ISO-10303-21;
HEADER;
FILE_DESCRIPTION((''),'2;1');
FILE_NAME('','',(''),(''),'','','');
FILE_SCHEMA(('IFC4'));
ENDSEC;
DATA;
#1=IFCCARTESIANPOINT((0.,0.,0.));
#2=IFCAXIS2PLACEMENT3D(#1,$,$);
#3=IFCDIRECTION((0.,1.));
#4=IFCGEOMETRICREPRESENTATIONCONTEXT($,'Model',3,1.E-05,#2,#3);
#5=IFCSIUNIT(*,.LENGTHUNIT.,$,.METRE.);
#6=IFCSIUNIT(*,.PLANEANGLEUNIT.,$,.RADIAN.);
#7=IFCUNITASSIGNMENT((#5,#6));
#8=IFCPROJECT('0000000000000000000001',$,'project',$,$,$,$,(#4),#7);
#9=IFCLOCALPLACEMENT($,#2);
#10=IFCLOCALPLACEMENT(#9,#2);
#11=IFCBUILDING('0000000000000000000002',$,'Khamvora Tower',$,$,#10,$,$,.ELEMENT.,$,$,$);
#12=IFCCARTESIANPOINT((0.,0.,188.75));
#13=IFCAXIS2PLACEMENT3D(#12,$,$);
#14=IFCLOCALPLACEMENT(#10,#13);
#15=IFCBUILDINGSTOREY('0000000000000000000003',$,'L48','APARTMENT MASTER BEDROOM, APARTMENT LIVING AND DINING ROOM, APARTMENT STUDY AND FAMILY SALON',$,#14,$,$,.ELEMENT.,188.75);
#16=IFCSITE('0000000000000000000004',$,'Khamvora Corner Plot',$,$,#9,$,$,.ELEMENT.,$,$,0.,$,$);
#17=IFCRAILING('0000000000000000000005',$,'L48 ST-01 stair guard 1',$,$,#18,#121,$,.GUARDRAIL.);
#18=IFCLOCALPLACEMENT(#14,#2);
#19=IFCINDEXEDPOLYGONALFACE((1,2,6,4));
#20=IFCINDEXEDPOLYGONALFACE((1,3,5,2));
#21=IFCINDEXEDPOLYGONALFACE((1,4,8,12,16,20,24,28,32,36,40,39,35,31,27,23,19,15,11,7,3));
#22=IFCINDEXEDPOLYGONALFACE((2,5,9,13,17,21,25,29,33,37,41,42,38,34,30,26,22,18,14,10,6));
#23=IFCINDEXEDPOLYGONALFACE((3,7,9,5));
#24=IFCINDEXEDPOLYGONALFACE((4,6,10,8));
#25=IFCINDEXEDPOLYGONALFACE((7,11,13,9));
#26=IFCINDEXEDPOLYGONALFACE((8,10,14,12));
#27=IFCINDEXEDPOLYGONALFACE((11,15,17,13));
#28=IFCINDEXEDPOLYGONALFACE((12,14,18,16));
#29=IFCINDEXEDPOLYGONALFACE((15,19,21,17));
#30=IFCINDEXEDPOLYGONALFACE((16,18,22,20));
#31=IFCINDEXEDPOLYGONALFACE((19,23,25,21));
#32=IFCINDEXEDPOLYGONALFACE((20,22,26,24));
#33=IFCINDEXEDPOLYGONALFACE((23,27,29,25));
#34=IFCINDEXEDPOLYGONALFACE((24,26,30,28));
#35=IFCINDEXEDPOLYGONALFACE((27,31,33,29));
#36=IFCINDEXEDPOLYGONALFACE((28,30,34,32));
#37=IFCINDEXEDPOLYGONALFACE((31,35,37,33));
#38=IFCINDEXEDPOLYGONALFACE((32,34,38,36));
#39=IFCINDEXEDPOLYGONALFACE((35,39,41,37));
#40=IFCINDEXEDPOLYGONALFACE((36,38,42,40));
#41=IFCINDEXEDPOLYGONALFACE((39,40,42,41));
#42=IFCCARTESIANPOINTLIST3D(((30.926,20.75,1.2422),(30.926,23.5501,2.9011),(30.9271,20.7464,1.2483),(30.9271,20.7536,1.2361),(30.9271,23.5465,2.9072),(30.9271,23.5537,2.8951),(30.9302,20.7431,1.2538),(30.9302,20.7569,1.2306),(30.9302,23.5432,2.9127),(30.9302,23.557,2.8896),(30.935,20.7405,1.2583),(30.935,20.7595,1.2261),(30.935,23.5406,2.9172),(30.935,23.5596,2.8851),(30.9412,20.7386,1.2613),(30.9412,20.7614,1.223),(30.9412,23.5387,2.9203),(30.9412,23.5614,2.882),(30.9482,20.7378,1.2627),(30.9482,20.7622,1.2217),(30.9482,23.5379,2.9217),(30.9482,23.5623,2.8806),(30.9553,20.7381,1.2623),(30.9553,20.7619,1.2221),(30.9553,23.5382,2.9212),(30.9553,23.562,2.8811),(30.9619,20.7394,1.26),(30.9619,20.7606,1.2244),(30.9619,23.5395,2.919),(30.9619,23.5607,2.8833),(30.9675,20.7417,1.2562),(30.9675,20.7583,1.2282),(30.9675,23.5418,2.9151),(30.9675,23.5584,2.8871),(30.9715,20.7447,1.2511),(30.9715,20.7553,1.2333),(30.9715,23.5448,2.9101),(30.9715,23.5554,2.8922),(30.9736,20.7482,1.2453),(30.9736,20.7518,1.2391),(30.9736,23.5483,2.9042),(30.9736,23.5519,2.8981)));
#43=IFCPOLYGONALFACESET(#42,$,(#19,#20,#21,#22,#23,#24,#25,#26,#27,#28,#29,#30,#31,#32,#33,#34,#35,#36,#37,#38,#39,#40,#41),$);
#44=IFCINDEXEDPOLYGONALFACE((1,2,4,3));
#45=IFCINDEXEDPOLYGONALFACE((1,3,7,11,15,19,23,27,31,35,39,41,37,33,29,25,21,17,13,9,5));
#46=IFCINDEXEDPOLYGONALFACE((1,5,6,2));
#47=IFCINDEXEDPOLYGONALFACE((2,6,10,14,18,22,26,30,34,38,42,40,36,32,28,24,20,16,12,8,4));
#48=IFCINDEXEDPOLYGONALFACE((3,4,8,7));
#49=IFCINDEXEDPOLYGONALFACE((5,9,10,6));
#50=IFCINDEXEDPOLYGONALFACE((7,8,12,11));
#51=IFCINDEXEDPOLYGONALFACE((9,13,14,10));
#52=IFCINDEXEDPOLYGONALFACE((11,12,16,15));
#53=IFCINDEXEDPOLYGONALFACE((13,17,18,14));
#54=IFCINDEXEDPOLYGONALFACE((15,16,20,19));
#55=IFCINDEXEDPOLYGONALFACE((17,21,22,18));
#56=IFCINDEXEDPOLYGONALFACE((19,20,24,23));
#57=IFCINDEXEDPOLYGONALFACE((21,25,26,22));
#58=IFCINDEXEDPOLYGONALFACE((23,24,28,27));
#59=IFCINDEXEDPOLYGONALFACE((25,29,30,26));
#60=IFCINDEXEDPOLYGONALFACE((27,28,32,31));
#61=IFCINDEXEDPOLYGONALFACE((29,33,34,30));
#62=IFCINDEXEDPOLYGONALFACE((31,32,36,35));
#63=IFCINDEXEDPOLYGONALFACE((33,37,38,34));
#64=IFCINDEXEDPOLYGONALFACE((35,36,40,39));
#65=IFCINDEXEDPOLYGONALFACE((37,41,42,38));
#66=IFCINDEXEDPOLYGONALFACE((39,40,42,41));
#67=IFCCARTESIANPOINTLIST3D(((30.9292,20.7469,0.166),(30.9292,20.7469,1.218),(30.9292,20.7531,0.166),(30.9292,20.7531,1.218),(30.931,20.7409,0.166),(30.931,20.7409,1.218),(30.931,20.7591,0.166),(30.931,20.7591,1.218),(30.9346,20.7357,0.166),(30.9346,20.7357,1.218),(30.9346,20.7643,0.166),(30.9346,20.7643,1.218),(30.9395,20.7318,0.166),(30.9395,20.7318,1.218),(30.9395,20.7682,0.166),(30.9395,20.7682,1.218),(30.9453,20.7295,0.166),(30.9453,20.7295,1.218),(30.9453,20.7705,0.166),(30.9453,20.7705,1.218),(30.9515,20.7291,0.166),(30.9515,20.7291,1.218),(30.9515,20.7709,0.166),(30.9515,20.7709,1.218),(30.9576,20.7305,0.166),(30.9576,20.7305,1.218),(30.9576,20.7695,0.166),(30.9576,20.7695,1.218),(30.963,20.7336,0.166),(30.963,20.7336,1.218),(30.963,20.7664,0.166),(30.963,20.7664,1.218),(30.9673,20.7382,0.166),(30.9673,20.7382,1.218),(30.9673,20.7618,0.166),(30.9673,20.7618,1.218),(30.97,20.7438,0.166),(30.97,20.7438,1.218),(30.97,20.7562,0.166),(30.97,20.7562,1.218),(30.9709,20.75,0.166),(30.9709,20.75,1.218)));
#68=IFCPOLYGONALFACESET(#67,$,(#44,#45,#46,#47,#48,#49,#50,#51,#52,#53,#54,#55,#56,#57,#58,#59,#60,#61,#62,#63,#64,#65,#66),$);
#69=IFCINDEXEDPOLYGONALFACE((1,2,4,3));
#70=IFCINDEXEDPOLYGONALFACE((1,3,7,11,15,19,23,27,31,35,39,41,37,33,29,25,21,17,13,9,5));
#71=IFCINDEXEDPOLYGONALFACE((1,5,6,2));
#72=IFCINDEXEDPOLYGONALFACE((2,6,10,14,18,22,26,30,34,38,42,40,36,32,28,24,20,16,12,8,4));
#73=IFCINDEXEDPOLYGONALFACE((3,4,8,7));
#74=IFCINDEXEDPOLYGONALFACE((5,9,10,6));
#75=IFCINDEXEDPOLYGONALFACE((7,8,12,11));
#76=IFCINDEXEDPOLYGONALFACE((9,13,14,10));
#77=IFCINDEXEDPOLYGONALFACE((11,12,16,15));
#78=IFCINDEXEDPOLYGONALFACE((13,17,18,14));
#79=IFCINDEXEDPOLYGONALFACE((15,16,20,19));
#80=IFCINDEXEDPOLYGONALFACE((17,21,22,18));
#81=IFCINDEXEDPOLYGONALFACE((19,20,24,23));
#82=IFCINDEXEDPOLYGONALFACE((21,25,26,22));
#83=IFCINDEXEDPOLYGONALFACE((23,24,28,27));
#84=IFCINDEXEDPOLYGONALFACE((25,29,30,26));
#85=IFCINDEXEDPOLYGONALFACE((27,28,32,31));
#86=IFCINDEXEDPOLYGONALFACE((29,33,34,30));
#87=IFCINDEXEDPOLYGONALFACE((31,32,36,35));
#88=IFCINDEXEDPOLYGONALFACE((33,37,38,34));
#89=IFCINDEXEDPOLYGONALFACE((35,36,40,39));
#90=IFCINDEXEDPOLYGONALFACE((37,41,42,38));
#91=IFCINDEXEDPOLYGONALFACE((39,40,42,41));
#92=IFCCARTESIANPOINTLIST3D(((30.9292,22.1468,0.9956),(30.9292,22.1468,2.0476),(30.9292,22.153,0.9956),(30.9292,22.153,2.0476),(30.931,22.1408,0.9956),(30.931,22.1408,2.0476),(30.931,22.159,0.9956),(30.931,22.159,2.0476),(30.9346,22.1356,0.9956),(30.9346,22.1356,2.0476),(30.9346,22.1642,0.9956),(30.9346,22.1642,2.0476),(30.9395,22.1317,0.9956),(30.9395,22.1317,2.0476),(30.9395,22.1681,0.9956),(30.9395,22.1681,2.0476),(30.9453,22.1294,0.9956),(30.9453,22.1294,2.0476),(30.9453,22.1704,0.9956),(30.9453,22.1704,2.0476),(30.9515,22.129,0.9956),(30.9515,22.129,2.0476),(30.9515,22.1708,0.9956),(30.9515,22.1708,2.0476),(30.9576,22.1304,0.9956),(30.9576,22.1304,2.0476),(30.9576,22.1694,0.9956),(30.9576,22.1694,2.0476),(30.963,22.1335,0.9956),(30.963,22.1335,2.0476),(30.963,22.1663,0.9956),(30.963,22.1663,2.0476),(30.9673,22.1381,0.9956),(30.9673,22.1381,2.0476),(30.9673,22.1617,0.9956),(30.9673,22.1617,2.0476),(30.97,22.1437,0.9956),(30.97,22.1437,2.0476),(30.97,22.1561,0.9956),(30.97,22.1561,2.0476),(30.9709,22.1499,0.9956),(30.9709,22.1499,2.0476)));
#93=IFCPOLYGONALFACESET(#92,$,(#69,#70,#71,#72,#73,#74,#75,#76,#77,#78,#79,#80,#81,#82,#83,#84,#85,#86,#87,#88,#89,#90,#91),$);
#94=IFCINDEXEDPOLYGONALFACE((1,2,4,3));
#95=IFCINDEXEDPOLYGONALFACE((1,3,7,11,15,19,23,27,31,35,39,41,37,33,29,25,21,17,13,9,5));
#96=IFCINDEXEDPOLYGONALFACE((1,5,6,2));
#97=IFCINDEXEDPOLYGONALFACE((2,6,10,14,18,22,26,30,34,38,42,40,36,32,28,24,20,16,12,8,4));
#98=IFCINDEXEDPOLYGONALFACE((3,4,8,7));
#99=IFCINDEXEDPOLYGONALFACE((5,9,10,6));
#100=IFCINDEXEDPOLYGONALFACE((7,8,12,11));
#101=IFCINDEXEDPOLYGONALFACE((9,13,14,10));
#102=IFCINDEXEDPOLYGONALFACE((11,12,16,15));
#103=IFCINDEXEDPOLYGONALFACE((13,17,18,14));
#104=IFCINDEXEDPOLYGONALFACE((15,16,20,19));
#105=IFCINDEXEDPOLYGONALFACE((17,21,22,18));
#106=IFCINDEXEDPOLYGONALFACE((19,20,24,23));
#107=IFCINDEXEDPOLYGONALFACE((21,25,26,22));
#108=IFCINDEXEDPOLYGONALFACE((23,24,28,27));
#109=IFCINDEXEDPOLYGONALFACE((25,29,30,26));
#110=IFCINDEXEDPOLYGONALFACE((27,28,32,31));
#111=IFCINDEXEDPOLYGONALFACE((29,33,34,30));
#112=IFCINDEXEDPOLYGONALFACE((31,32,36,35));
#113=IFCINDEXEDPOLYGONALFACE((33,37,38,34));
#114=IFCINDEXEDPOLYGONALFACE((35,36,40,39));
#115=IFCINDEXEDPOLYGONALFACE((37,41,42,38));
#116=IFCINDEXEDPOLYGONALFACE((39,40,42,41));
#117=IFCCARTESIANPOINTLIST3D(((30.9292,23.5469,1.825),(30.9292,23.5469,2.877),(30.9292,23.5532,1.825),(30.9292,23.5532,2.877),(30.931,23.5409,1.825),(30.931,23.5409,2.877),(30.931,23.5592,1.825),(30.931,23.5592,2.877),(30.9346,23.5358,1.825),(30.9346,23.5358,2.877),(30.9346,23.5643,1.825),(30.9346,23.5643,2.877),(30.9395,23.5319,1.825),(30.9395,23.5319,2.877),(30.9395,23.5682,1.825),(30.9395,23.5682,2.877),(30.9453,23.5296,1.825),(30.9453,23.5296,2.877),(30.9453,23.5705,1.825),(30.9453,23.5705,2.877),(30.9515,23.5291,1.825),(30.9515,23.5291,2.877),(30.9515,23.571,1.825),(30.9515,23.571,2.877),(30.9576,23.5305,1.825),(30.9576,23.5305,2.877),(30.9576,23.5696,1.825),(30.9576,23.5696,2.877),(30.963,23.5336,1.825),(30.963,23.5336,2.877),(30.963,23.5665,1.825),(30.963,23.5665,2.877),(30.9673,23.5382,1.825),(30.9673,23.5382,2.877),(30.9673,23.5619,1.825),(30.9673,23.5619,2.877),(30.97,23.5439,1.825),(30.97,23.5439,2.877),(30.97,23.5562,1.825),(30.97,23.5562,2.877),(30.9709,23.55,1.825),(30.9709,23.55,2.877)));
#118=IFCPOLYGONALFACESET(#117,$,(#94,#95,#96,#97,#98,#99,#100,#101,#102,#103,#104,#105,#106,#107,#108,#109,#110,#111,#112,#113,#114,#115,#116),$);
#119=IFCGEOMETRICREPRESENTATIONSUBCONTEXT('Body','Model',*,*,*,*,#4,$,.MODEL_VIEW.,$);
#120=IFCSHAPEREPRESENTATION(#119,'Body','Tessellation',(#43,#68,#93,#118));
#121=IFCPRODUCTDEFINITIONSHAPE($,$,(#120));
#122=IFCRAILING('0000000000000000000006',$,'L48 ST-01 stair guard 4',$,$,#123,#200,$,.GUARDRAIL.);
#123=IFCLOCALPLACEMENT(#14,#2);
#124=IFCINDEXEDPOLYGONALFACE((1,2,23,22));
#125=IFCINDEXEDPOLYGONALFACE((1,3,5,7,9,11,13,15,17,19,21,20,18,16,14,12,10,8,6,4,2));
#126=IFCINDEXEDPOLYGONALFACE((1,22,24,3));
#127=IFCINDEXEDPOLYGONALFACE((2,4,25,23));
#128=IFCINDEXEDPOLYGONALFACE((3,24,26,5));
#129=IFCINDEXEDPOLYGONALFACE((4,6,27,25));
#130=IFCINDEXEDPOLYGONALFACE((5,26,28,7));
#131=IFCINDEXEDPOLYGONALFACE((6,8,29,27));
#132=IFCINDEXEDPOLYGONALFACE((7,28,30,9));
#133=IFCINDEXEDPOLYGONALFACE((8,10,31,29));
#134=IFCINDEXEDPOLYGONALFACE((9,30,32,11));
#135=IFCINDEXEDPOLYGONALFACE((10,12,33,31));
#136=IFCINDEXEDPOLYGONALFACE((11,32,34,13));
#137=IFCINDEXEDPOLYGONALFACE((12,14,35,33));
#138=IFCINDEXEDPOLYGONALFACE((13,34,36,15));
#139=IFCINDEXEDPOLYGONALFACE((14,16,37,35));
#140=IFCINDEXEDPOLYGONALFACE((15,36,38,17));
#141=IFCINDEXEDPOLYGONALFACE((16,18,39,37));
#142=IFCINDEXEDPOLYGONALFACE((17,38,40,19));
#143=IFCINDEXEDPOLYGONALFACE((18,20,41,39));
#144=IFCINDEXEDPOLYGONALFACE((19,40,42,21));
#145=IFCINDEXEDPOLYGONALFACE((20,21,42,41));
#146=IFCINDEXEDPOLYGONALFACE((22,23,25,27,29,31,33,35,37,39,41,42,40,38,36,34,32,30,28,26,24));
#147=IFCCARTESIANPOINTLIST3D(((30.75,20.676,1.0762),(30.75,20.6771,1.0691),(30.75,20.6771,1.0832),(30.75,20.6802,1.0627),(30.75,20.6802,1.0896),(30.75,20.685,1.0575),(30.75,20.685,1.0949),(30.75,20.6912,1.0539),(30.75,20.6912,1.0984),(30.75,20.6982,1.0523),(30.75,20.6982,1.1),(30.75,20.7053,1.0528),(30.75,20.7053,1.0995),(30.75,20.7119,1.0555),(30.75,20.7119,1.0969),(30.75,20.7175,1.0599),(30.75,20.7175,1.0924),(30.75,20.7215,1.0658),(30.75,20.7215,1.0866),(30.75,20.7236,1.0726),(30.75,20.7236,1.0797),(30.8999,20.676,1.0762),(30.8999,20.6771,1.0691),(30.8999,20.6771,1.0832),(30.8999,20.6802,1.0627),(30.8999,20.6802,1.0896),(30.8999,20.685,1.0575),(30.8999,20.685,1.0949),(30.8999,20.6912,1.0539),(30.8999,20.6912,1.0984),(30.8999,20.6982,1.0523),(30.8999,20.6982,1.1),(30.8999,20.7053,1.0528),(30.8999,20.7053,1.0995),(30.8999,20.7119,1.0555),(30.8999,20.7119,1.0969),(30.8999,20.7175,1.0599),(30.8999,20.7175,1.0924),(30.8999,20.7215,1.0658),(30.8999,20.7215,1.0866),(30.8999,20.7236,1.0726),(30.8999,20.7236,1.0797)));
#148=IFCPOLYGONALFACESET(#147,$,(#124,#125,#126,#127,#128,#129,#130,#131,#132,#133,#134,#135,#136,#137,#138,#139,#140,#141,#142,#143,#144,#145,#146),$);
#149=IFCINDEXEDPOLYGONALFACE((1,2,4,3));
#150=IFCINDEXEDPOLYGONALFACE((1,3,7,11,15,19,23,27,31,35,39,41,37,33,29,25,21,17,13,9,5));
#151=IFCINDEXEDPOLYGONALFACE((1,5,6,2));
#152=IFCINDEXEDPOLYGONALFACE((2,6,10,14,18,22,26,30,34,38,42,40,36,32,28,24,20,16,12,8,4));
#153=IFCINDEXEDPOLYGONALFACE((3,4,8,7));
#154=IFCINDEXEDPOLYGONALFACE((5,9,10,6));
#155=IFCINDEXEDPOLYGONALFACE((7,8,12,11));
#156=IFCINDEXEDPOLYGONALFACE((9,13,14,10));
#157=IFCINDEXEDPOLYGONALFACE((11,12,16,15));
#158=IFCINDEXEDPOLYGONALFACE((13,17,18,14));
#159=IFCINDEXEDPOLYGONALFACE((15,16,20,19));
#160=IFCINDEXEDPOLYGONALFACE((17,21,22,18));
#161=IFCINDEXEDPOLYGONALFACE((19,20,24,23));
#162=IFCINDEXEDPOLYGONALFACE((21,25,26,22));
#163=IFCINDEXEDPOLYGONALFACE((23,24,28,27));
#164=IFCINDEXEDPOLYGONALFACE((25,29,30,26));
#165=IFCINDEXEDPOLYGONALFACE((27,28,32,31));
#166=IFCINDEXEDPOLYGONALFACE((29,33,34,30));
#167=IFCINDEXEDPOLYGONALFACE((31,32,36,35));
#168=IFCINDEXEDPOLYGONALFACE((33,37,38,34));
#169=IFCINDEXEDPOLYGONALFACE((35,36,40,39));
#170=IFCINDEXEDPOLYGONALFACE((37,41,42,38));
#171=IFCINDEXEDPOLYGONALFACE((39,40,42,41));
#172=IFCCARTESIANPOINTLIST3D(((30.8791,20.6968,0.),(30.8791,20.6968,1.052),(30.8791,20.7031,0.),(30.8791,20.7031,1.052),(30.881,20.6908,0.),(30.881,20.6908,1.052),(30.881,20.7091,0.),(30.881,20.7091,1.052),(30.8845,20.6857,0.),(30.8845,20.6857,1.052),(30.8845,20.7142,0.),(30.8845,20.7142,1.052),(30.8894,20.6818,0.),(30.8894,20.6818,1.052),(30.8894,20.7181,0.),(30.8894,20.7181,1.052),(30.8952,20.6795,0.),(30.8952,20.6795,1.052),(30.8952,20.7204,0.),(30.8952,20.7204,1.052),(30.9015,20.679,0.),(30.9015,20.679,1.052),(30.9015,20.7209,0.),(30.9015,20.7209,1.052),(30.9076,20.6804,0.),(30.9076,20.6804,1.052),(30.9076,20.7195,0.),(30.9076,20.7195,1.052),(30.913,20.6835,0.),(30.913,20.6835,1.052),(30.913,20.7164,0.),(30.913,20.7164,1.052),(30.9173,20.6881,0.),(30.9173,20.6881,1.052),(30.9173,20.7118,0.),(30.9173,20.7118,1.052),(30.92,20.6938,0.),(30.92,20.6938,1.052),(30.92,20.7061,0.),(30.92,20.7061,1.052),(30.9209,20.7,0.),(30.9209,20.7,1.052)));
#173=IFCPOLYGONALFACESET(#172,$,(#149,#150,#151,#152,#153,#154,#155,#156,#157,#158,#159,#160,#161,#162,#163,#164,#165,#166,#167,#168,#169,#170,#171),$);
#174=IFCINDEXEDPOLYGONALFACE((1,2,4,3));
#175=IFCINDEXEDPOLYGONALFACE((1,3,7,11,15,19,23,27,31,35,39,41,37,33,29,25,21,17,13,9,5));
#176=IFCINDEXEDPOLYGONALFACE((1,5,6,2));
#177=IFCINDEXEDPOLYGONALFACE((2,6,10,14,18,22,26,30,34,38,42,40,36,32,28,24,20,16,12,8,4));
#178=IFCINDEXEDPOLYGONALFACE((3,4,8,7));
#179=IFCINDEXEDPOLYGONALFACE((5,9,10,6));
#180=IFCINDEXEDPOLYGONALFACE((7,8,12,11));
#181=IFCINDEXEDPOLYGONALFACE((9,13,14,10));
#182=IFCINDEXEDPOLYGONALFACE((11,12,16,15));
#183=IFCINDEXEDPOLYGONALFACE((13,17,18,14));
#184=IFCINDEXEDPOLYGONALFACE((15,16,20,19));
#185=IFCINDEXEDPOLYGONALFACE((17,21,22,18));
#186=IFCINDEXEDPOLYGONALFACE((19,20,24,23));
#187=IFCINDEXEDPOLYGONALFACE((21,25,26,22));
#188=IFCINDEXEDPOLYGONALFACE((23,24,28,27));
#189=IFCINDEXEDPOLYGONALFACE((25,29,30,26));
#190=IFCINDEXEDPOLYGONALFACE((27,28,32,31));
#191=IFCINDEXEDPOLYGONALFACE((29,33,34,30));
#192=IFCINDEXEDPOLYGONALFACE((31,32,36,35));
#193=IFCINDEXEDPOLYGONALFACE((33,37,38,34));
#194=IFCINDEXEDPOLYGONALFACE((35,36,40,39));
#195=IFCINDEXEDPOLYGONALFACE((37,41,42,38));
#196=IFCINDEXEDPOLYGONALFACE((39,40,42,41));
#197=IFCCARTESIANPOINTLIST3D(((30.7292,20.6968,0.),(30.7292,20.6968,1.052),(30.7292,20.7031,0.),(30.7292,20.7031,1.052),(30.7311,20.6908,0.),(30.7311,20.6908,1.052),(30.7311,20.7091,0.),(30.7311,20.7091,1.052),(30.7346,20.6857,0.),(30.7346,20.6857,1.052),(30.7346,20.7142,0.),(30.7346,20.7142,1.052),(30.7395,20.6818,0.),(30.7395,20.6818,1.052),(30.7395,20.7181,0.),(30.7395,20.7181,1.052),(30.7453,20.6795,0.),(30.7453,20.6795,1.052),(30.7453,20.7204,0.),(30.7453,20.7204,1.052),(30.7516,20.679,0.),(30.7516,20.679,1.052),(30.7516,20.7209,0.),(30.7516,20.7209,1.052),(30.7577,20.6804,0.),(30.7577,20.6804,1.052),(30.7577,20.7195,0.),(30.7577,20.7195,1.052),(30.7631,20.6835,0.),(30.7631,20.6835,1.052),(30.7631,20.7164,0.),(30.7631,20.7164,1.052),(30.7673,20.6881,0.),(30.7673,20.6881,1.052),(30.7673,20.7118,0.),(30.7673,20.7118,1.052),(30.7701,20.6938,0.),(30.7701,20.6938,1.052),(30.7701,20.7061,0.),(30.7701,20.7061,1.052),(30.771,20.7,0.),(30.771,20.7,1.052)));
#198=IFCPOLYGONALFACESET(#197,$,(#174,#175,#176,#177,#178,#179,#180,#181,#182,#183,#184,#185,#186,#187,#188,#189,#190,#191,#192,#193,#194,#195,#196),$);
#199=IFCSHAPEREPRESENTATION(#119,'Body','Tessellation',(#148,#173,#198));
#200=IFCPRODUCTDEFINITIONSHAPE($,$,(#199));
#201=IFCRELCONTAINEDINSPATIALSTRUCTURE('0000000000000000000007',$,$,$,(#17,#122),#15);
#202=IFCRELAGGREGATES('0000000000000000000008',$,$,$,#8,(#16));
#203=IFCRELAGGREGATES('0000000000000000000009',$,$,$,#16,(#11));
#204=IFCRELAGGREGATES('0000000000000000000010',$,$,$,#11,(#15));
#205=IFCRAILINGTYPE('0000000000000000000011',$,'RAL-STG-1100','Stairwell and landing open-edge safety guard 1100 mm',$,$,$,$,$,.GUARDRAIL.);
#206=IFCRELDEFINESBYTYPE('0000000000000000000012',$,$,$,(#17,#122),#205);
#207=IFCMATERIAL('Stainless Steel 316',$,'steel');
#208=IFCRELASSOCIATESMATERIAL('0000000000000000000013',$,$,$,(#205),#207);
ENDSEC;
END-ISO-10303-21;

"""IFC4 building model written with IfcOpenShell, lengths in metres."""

from ifc_helpers import new_model, si_unit, direction, frame, origin, origin_2d, place, context, subcontext, project, spatial, circle, extrude, material, type_object, element, save


model = new_model("IFC4")

# Units and contexts
model_context = context("Model", 3, precision=1e-05, world=origin(), true_north=direction((0.0, 1.0)))
body_context = subcontext(model_context, "Body", "Model", "MODEL_VIEW")
ifc_project = project(units=[si_unit("LENGTHUNIT", "METRE"), si_unit("PLANEANGLEUNIT", "RADIAN")], contexts=[model_context])

# Site, building, storey
site_placement = place(None, origin())
site = spatial("IfcSite", under=ifc_project, at=site_placement, Name="Khamvora Corner Plot", CompositionType="ELEMENT", RefElevation=0.0)
building_placement = place(site_placement, origin())
building = spatial("IfcBuilding", under=site, at=building_placement, Name="Khamvora Tower", CompositionType="ELEMENT")
storey_placement = place(building_placement, frame((0.0, 0.0, 188.75)))
storey = spatial("IfcBuildingStorey", under=building, at=storey_placement, Name="L48", Description="APARTMENT MASTER BEDROOM, APARTMENT LIVING AND DINING ROOM, APARTMENT STUDY AND FAMILY SALON", CompositionType="ELEMENT", Elevation=188.75)

# Railings
ifc_material_1 = material(Name="Stainless Steel 316", Category="steel")
railing_type_1 = type_object("IfcRailingType", Name="RAL-STG-1100", Description="Stairwell and landing open-edge safety guard 1100 mm", PredefinedType="GUARDRAIL", material=ifc_material_1)
railing_1_placement = place(storey_placement, frame((30.95, 20.75, 0.166)))
element("IfcRailing", 1, at=railing_1_placement, inside=storey, type_object=railing_type_1, Name="L48 ST-01 stair guard 1", PredefinedType="GUARDRAIL", context=body_context, shape_type="SweptSolid", body=[
    extrude(circle(Radius=0.0239, at=origin_2d()), frame((0.0, 0.0, 1.0762), z_axis=(0.0, 0.860339, 0.509722), x_axis=(-1.0, 0.0, 0.0)), (0.0, 0.0, 1.0), 3.2546),
    extrude(circle(Radius=0.021, at=origin_2d()), origin(), (0.0, 0.0, 1.0), 1.052),
    extrude(circle(Radius=0.021, at=origin_2d()), frame((0.0, 1.3999, 0.8296)), (0.0, 0.0, 1.0), 1.052),
    extrude(circle(Radius=0.021, at=origin_2d()), frame((0.0, 2.8, 1.6589)), (0.0, 0.0, 1.0), 1.052),
])
railing_2_placement = place(storey_placement, frame((30.8999, 20.7, 0.0)))
element("IfcRailing", 2, at=railing_2_placement, inside=storey, type_object=railing_type_1, Name="L48 ST-01 stair guard 4", PredefinedType="GUARDRAIL", context=body_context, shape_type="SweptSolid", body=[
    extrude(circle(Radius=0.0239, at=origin_2d()), frame((0.0, 0.0, 1.0762), z_axis=(-1.0, 0.0, 0.0), x_axis=(0.0, -1.0, 0.0)), (0.0, 0.0, 1.0), 0.1499),
    extrude(circle(Radius=0.021, at=origin_2d()), origin(), (0.0, 0.0, 1.0), 1.052),
    extrude(circle(Radius=0.021, at=origin_2d()), frame((-0.1499, 0.0, 0.0)), (0.0, 0.0, 1.0), 1.052),
])

save(model, "model.ifc")
